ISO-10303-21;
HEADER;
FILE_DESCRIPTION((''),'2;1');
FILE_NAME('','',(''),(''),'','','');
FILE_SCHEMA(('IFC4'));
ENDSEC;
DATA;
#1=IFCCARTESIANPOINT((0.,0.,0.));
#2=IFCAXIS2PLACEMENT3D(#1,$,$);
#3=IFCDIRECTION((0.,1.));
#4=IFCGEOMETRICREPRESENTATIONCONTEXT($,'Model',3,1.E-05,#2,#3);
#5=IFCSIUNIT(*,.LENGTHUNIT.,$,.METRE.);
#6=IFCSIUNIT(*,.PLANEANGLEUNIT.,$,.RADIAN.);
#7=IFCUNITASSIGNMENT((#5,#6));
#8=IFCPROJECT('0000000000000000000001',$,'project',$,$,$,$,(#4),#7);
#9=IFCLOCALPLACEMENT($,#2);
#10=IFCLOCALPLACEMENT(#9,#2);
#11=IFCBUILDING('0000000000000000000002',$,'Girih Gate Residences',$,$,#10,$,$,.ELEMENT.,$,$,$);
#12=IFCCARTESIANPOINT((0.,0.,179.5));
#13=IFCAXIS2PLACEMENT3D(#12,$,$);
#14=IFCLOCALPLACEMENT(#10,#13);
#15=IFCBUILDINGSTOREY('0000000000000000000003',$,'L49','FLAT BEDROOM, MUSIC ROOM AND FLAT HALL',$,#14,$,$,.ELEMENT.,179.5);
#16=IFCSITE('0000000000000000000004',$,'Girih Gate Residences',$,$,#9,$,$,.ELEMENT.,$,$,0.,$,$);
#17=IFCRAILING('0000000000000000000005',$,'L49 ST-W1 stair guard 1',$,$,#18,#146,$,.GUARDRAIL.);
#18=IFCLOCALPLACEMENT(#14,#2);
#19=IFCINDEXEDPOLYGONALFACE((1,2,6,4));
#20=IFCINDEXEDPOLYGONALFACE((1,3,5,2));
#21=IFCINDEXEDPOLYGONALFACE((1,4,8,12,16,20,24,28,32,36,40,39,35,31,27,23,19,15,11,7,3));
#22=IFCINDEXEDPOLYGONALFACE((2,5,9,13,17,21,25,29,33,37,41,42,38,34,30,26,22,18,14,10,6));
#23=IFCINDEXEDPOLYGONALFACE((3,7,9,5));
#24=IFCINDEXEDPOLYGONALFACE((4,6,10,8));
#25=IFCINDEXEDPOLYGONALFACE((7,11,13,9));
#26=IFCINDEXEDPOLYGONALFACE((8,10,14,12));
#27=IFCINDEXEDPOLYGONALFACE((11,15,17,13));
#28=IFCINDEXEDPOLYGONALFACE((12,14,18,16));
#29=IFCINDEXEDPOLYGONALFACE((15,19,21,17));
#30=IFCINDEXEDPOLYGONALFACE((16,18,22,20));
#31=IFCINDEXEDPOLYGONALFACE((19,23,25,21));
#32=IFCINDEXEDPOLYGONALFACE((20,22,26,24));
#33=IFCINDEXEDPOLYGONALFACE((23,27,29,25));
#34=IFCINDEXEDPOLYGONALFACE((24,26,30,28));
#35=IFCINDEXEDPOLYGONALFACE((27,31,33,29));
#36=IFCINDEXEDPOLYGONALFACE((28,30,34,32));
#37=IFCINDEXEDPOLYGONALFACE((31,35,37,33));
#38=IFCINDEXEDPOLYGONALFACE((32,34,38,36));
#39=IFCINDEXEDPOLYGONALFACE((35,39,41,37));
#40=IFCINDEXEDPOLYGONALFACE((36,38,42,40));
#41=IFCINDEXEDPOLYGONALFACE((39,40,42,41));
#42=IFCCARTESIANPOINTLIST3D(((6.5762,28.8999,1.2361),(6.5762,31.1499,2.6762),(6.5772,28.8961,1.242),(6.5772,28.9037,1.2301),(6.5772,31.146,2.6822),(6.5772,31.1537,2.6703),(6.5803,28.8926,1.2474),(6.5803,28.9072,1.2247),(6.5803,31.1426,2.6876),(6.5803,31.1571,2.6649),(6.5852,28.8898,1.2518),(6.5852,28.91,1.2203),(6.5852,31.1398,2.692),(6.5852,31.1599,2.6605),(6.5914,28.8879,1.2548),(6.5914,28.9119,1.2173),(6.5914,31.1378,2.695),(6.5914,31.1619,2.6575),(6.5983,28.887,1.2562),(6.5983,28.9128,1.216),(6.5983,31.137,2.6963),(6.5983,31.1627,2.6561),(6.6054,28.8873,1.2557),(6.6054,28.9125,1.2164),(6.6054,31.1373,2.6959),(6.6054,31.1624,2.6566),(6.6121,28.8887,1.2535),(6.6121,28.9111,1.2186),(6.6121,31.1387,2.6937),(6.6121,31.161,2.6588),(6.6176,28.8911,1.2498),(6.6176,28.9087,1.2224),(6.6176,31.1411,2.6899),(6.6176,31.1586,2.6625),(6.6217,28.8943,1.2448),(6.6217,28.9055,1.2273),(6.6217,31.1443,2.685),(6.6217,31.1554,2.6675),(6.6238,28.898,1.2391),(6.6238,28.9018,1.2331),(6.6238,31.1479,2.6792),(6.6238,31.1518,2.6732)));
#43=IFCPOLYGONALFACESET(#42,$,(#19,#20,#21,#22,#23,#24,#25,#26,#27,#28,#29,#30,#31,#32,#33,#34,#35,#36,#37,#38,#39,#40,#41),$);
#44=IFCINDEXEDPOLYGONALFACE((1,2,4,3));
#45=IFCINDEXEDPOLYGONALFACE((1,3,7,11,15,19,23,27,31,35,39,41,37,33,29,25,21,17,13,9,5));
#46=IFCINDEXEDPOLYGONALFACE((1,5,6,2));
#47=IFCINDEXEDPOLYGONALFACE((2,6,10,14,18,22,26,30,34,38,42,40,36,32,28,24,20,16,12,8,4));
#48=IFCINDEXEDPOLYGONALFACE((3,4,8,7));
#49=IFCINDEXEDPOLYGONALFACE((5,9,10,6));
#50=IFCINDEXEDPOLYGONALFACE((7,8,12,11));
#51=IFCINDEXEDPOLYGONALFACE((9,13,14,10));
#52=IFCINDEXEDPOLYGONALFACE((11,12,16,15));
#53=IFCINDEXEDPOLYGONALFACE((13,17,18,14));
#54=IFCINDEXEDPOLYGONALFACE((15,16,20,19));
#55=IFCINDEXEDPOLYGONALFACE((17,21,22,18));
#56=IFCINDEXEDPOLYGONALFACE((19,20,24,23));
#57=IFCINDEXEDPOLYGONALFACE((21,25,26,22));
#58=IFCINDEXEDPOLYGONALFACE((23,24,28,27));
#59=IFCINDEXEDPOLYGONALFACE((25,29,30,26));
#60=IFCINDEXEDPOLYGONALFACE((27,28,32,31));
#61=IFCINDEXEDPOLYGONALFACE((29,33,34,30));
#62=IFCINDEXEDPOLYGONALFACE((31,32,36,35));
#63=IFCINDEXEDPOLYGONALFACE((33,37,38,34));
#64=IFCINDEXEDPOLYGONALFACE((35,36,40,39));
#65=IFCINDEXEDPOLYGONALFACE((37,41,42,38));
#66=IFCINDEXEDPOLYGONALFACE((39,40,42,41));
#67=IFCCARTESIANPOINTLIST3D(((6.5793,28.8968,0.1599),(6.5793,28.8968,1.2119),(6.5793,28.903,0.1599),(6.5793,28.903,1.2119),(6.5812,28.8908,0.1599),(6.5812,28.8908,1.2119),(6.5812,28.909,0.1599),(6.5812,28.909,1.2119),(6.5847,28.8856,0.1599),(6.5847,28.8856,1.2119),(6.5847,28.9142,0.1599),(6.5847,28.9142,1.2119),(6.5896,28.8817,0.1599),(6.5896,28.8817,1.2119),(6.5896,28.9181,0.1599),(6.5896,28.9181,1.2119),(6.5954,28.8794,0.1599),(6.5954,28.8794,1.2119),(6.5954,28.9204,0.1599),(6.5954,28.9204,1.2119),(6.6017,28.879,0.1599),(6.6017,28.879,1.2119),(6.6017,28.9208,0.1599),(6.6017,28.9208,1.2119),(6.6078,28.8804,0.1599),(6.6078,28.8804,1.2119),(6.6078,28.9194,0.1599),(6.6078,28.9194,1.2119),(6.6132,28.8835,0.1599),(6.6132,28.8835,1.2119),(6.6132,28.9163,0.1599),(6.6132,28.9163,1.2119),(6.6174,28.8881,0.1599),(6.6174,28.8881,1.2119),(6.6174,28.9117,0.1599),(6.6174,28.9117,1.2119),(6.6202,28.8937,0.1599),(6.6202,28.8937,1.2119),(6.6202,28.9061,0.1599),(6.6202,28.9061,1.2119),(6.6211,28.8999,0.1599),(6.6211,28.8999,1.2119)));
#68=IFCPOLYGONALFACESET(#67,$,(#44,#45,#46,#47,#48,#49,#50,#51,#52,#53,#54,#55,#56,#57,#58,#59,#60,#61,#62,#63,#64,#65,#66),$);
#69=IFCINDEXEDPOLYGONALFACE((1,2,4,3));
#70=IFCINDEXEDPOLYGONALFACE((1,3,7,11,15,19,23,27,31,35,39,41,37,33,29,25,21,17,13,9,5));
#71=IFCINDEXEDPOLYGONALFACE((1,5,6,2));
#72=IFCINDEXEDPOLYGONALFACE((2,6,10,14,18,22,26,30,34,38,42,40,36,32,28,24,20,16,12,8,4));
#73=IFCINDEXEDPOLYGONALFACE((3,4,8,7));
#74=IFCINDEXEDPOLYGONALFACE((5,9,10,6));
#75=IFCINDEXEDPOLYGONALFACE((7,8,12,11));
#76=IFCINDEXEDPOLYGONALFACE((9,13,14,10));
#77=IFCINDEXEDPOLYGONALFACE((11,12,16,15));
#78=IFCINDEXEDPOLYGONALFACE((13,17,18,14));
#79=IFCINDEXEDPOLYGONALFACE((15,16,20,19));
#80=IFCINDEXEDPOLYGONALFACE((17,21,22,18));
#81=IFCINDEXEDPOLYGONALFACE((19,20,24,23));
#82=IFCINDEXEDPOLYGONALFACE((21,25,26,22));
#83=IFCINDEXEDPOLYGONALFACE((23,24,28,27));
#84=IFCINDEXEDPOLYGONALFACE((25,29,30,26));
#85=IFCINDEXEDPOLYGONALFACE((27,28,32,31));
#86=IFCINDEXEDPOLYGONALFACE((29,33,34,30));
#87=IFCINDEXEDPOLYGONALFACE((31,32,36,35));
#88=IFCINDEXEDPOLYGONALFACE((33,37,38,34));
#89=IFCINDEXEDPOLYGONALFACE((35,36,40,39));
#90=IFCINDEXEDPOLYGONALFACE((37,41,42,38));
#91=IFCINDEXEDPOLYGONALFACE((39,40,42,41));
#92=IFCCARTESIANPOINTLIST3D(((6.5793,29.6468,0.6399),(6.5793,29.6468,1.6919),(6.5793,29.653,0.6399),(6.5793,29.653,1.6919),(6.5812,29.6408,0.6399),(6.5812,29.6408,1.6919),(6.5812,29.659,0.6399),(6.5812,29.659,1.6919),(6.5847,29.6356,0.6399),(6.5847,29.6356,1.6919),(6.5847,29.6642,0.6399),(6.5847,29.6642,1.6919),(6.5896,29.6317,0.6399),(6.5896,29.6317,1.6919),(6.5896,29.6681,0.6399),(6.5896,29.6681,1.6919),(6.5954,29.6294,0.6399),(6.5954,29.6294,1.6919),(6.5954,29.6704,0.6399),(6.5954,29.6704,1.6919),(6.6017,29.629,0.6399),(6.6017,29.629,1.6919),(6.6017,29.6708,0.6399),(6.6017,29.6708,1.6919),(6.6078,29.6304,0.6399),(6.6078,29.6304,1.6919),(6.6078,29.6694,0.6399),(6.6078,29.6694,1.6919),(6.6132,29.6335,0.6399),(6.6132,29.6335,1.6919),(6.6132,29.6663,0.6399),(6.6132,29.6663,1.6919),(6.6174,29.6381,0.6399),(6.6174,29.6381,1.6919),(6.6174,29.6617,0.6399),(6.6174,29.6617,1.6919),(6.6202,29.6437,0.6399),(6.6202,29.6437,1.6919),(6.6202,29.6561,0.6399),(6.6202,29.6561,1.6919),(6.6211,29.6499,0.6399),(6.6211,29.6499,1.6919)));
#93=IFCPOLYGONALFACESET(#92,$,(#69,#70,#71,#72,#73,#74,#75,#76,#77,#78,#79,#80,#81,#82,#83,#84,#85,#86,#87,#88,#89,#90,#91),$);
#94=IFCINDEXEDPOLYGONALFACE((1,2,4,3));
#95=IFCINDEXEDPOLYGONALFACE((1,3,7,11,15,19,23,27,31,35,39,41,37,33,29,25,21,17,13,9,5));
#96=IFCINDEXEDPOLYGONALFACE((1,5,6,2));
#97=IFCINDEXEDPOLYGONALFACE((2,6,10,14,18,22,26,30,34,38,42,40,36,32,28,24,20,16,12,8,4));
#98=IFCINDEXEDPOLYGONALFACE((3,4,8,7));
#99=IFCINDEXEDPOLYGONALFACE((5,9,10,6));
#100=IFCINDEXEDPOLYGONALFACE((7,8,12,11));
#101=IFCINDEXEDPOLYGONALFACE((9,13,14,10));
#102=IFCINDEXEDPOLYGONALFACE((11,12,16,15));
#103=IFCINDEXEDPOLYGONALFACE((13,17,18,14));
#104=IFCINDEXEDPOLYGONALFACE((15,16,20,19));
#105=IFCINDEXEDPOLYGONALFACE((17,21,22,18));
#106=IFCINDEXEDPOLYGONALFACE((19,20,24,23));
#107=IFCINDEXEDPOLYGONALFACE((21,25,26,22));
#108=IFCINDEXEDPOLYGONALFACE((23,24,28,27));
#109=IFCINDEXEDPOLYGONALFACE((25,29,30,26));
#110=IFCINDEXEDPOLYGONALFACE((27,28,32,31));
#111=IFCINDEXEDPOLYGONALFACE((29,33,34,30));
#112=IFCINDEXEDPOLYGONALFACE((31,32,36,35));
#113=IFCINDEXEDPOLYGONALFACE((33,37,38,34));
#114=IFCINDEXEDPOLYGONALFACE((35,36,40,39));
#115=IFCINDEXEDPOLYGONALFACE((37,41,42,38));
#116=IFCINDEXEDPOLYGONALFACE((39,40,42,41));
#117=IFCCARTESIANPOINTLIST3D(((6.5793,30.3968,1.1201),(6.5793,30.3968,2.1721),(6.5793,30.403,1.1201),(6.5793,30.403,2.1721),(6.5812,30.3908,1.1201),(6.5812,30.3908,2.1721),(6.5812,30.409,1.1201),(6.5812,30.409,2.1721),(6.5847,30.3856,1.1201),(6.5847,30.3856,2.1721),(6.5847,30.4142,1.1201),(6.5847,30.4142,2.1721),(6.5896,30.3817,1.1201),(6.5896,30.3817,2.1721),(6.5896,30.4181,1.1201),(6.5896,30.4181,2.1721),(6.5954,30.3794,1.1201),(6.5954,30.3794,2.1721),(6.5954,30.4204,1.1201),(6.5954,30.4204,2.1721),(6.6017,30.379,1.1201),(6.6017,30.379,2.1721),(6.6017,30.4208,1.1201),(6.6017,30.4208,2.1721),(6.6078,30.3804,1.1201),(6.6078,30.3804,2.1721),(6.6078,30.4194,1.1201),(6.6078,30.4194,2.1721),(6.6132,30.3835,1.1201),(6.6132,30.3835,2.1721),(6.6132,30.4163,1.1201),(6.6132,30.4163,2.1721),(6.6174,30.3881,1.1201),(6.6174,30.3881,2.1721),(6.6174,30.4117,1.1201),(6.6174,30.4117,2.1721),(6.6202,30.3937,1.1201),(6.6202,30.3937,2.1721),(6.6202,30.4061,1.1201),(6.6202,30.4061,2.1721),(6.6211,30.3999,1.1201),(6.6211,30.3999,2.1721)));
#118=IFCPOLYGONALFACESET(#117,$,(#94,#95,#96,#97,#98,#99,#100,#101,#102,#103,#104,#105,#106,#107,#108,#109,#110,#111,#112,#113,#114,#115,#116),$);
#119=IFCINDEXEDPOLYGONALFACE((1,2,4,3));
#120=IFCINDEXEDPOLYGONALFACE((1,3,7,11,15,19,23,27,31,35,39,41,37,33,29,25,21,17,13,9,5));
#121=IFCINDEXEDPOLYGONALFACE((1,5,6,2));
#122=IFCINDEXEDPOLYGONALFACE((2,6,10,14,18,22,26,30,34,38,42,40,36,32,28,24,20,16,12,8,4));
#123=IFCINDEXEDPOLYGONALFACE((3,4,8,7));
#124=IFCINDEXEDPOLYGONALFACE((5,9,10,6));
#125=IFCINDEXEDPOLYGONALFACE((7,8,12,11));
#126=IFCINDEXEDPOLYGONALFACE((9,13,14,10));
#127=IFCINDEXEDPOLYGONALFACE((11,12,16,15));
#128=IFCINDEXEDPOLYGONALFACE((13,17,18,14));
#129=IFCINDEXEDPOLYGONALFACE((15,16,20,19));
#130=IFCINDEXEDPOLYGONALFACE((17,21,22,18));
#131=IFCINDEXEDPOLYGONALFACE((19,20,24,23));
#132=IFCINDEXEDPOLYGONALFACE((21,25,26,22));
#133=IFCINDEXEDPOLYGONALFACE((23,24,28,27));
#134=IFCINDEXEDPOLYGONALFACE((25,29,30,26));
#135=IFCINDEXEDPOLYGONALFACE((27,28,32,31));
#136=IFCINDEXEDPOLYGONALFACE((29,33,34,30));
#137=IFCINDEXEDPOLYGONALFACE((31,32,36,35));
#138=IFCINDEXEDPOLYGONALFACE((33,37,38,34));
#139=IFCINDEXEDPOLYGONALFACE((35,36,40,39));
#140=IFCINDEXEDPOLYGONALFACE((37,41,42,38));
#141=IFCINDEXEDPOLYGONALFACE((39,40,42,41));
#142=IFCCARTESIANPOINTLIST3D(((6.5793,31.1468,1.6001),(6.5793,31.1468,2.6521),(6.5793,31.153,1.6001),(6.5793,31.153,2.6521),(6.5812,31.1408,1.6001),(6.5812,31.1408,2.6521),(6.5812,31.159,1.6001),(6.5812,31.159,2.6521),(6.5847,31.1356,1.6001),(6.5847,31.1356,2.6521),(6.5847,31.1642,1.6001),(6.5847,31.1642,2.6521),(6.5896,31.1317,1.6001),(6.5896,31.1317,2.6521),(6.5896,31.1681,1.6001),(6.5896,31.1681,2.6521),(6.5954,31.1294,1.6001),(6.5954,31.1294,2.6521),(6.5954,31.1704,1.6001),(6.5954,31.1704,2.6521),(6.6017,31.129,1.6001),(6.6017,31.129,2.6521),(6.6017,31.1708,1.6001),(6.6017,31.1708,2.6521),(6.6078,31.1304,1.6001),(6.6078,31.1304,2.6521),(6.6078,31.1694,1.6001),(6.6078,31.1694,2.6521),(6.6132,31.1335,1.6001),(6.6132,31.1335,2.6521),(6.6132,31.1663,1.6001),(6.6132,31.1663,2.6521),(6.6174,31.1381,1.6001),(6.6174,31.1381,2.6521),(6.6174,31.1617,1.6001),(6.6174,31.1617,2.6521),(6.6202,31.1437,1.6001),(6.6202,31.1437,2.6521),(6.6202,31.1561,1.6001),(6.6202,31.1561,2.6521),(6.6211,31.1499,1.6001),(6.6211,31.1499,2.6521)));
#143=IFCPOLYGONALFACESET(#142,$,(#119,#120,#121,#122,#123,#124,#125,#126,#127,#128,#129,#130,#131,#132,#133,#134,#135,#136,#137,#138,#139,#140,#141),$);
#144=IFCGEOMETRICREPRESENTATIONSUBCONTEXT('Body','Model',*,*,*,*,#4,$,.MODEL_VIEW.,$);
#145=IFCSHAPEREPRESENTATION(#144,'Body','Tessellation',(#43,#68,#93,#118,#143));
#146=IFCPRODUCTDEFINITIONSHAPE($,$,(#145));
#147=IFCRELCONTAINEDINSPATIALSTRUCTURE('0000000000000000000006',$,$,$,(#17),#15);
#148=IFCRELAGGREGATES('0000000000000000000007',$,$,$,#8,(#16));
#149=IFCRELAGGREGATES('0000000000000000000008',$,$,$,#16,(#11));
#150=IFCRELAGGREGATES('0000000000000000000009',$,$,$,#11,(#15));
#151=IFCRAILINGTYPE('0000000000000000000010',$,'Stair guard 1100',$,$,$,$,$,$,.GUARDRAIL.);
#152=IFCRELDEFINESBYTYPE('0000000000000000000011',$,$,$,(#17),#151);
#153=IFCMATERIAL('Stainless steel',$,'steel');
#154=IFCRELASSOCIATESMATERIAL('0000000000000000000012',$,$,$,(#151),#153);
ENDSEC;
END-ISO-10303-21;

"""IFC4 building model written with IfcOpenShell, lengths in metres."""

from ifc_helpers import new_model, si_unit, direction, frame, origin, origin_2d, place, context, subcontext, project, spatial, circle, extrude, material, type_object, element, save


model = new_model("IFC4")

# Units and contexts
model_context = context("Model", 3, precision=1e-05, world=origin(), true_north=direction((0.0, 1.0)))
body_context = subcontext(model_context, "Body", "Model", "MODEL_VIEW")
ifc_project = project(units=[si_unit("LENGTHUNIT", "METRE"), si_unit("PLANEANGLEUNIT", "RADIAN")], contexts=[model_context])

# Site, building, storey
site_placement = place(None, origin())
site = spatial("IfcSite", under=ifc_project, at=site_placement, Name="Girih Gate Residences", CompositionType="ELEMENT", RefElevation=0.0)
building_placement = place(site_placement, origin())
building = spatial("IfcBuilding", under=site, at=building_placement, Name="Girih Gate Residences", CompositionType="ELEMENT")
storey_placement = place(building_placement, frame((0.0, 0.0, 179.5)))
storey = spatial("IfcBuildingStorey", under=building, at=storey_placement, Name="L49", Description="FLAT BEDROOM, MUSIC ROOM AND FLAT HALL", CompositionType="ELEMENT", Elevation=179.5)

# Shared definitions
ifc_material_1 = material(Name="Stainless steel", Category="steel")

# Railing
railing_type_1 = type_object("IfcRailingType", Name="Stair guard 1100", PredefinedType="GUARDRAIL", material=ifc_material_1)
railing_1_placement = place(storey_placement, frame((6.6001, 28.8999, 0.1599)))
element("IfcRailing", 1, at=railing_1_placement, inside=storey, type_object=railing_type_1, Name="L49 ST-W1 stair guard 1", PredefinedType="GUARDRAIL", context=body_context, shape_type="SweptSolid", body=[
    extrude(circle(Radius=0.0239, at=origin_2d()), frame((0.0, 0.0, 1.0762), z_axis=(0.0, 0.84224, 0.539103), x_axis=(-1.0, 0.0, 0.0)), (0.0, 0.0, 1.0), 2.6714),
    extrude(circle(Radius=0.021, at=origin_2d()), origin(), (0.0, 0.0, 1.0), 1.052),
    extrude(circle(Radius=0.021, at=origin_2d()), frame((0.0, 0.75, 0.48)), (0.0, 0.0, 1.0), 1.052),
    extrude(circle(Radius=0.021, at=origin_2d()), frame((0.0, 1.5, 0.9602)), (0.0, 0.0, 1.0), 1.052),
    extrude(circle(Radius=0.021, at=origin_2d()), frame((0.0, 2.25, 1.4402)), (0.0, 0.0, 1.0), 1.052),
])

save(model, "model.ifc")
